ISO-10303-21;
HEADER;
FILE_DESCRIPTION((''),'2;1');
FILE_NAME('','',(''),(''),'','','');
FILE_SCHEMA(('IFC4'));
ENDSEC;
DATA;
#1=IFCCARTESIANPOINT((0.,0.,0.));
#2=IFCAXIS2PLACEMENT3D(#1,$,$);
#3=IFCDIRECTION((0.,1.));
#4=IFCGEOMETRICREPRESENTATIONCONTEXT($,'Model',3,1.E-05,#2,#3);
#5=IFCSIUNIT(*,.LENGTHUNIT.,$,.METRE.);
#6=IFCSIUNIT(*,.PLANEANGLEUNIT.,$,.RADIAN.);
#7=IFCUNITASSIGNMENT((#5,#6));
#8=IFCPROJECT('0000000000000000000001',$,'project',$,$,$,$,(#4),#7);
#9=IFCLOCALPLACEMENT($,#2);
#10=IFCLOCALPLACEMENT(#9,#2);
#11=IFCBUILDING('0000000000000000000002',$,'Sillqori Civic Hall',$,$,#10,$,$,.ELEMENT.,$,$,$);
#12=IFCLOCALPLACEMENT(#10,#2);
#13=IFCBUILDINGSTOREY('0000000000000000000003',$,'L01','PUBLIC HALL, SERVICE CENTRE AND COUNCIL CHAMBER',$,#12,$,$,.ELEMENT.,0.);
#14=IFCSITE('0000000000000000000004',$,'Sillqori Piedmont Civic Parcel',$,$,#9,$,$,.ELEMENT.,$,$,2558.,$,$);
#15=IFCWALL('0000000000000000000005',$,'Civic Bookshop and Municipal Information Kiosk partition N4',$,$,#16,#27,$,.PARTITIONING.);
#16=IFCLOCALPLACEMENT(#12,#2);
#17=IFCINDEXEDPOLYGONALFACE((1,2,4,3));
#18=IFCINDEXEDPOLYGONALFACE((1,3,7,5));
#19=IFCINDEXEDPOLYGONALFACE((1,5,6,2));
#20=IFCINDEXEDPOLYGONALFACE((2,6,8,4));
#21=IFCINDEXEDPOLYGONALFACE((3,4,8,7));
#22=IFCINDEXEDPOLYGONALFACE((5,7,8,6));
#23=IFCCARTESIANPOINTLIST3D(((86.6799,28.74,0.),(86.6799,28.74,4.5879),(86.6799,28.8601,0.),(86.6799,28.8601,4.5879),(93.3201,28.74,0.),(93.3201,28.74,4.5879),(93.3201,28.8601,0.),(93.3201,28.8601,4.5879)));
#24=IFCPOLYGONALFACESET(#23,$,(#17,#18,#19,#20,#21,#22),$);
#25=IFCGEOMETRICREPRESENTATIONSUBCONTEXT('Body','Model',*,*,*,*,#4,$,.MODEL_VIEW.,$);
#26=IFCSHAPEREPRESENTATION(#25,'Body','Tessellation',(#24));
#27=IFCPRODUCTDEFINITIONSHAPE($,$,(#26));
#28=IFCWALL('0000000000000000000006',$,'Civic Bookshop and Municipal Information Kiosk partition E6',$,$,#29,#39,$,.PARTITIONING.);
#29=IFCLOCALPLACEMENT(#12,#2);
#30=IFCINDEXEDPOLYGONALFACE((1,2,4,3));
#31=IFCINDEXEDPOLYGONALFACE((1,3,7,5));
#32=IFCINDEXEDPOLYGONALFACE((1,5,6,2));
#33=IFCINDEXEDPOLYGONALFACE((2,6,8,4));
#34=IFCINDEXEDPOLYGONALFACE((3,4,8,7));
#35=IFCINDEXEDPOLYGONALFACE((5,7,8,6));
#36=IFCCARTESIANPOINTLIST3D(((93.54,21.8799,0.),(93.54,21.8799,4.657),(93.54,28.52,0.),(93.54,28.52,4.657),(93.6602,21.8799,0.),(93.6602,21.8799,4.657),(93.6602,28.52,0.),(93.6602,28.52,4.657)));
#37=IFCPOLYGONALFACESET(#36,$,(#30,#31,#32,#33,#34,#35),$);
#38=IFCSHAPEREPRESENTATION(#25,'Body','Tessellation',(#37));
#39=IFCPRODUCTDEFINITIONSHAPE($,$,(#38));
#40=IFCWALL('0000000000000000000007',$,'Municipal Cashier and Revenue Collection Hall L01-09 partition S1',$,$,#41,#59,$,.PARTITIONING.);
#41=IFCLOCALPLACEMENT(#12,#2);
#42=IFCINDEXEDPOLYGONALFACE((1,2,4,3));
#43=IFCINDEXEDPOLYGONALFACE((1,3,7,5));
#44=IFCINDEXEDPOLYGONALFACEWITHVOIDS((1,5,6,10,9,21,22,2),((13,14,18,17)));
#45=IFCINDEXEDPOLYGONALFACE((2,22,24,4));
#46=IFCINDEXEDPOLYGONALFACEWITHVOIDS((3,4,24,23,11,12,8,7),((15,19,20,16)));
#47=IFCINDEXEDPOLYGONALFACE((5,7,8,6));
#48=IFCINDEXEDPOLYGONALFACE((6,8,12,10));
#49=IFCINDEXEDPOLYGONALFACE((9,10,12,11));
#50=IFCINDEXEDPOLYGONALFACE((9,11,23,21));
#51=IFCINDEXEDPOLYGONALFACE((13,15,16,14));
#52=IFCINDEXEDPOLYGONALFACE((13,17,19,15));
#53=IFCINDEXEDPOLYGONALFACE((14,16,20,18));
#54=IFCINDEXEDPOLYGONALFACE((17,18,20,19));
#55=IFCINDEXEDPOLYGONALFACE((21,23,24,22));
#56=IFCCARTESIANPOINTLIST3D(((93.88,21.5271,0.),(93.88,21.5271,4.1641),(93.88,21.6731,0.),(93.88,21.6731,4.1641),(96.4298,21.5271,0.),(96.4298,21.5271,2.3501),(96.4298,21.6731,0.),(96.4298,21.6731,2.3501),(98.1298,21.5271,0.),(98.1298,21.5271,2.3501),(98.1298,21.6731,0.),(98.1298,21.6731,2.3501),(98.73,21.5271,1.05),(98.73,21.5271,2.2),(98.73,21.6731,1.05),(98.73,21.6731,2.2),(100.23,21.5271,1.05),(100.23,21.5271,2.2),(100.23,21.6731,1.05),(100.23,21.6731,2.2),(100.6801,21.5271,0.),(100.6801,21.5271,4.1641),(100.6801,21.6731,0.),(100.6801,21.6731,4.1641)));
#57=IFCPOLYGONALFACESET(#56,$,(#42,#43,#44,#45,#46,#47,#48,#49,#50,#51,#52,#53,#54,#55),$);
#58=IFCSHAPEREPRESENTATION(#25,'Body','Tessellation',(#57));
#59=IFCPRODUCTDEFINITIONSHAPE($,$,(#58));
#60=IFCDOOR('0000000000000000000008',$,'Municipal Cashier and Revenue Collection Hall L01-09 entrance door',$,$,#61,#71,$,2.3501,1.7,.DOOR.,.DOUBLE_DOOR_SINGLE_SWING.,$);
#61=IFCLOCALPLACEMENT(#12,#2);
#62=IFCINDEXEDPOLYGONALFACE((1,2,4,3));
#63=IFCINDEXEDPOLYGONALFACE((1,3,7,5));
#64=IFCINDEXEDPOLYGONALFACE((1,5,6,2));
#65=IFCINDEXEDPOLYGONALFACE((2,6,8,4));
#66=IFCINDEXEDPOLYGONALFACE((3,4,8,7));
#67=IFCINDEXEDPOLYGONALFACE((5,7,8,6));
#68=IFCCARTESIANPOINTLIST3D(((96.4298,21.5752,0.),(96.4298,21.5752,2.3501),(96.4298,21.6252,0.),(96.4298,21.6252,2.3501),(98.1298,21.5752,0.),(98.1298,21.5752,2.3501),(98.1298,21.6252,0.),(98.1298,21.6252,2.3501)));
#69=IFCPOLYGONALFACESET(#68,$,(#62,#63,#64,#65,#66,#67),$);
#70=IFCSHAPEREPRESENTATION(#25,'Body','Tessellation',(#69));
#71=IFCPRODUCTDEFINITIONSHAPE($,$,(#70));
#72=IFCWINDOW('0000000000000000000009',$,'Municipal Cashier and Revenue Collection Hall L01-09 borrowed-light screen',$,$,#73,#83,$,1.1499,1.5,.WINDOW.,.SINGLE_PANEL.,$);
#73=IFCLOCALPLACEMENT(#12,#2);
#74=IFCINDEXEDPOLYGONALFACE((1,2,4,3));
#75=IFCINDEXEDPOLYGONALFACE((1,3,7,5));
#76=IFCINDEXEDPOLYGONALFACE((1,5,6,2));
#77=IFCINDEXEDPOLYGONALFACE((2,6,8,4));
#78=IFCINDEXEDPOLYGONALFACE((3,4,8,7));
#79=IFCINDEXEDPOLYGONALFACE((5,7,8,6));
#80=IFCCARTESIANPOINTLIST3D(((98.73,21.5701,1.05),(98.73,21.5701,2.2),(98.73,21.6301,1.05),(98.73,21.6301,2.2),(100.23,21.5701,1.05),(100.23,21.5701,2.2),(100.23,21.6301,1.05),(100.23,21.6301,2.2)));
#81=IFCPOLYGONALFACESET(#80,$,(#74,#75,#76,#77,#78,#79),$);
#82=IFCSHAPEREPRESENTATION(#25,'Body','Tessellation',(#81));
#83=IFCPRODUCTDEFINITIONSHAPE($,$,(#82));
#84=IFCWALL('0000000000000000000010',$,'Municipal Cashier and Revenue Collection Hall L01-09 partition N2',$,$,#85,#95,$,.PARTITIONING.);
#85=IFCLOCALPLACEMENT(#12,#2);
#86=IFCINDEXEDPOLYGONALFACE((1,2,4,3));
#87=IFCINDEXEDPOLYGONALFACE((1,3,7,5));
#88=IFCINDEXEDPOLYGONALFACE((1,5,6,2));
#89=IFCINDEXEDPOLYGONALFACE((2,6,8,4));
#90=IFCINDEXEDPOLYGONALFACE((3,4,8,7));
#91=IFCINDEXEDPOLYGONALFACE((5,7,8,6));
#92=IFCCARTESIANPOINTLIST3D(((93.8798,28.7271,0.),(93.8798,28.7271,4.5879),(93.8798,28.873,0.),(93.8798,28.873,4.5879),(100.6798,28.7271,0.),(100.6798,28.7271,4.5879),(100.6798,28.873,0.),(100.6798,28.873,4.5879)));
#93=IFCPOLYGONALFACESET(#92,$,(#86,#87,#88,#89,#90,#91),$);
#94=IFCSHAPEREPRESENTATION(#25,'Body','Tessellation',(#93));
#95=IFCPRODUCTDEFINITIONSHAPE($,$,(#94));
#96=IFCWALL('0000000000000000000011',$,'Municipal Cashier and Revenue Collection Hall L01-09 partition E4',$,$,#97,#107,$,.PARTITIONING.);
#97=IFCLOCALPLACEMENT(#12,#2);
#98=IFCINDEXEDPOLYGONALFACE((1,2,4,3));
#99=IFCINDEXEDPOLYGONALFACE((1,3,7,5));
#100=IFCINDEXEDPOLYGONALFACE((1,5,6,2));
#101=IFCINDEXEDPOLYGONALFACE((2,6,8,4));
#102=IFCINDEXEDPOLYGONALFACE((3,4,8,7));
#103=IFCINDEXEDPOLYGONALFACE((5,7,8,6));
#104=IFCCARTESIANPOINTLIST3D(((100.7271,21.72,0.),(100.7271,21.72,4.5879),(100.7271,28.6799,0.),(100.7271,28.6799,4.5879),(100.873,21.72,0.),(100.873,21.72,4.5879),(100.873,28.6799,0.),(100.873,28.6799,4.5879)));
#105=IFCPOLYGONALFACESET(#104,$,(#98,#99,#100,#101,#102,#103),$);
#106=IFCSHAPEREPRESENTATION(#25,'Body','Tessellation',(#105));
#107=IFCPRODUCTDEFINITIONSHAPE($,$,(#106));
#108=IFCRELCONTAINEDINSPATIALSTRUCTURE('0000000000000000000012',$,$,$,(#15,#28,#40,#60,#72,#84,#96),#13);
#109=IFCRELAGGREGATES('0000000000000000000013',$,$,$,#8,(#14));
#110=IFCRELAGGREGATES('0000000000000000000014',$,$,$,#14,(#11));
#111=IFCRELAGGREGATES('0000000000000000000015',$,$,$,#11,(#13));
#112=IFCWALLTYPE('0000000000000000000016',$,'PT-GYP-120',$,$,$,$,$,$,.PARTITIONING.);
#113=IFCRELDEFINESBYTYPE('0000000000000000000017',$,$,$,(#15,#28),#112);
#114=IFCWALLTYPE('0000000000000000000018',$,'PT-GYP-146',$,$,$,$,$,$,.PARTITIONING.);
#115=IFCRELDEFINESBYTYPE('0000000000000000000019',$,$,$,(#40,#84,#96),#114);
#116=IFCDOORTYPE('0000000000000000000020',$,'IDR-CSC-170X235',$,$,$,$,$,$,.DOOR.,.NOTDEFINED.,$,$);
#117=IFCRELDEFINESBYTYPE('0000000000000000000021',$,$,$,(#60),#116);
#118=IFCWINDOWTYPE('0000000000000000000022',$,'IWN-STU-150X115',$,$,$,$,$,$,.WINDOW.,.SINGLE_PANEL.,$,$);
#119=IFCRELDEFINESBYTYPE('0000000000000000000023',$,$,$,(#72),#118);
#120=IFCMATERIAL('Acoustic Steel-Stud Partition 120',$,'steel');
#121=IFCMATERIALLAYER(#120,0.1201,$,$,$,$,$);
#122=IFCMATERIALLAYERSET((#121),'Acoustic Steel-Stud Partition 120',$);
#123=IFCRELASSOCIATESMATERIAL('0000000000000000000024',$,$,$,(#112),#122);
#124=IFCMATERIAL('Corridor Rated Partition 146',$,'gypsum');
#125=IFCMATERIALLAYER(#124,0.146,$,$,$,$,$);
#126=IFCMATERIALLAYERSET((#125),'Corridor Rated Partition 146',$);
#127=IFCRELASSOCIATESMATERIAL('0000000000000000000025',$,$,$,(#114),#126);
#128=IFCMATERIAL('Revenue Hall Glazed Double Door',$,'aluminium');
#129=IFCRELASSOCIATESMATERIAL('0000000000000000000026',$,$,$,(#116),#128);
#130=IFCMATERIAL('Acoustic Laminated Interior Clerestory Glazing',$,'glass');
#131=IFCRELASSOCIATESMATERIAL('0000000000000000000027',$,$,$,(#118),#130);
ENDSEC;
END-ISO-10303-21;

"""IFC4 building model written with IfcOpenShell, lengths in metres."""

from ifc_helpers import new_model, si_unit, direction, frame, frame_2d, origin, place, context, subcontext, project, spatial, rectangle, extrude, material, layer, layer_set, type_object, element, fill, save


model = new_model("IFC4")

# Units and contexts
model_context = context("Model", 3, precision=1e-05, world=origin(), true_north=direction((0.0, 1.0)))
body_context = subcontext(model_context, "Body", "Model", "MODEL_VIEW")
ifc_project = project(units=[si_unit("LENGTHUNIT", "METRE"), si_unit("PLANEANGLEUNIT", "RADIAN")], contexts=[model_context])

# Site, building, storey
site_placement = place(None, origin())
site = spatial("IfcSite", under=ifc_project, at=site_placement, Name="Sillqori Piedmont Civic Parcel", CompositionType="ELEMENT", RefElevation=2558.0)
building_placement = place(site_placement, origin())
building = spatial("IfcBuilding", under=site, at=building_placement, Name="Sillqori Civic Hall", CompositionType="ELEMENT")
storey_placement = place(building_placement, origin())
storey = spatial("IfcBuildingStorey", under=building, at=storey_placement, Name="L01", Description="PUBLIC HALL, SERVICE CENTRE AND COUNCIL CHAMBER", CompositionType="ELEMENT", Elevation=0.0)

# Walls
ifc_material_1 = material(Name="Acoustic Steel-Stud Partition 120", Category="steel")
ifc_layer_1 = layer(ifc_material_1, 0.1201)
ifc_layer_set_1 = layer_set([ifc_layer_1], Name="Acoustic Steel-Stud Partition 120")
wall_type_1 = type_object("IfcWallType", Name="PT-GYP-120", PredefinedType="PARTITIONING", material=ifc_layer_set_1)
for number, where, z_axis, x_axis, name in (
    (1, (86.6799, 28.8, 0.0), (0.0, 0.0, 1.0), (1.0, 0.0, 0.0), "Civic Bookshop and Municipal Information Kiosk partition N4"),
):
    element("IfcWall", number, at=place(storey_placement, frame(where, z_axis=z_axis, x_axis=x_axis)), inside=storey, type_object=wall_type_1, Name=name, PredefinedType="PARTITIONING", context=body_context, shape_type="SweptSolid", body=[
        extrude(rectangle(XDim=6.6401, YDim=0.1201, at=frame_2d((3.3201, 0.0))), origin(), (0.0, 0.0, 1.0), 4.5879),
    ])
wall_1_placement = place(storey_placement, frame((93.6001, 28.52, 0.0), z_axis=(0.0, 0.0, 1.0), x_axis=(0.0, -1.0, 0.0)))
element("IfcWall", 2, at=wall_1_placement, inside=storey, type_object=wall_type_1, Name="Civic Bookshop and Municipal Information Kiosk partition E6", PredefinedType="PARTITIONING", context=body_context, shape_type="SweptSolid", body=[
    extrude(rectangle(XDim=6.6401, YDim=0.1201, at=frame_2d((3.3201, 0.0))), origin(), (0.0, 0.0, 1.0), 4.657),
])

# Wall, openings, door, window
ifc_material_2 = material(Name="Corridor Rated Partition 146", Category="gypsum")
ifc_layer_2 = layer(ifc_material_2, 0.146)
ifc_layer_set_2 = layer_set([ifc_layer_2], Name="Corridor Rated Partition 146")
wall_type_2 = type_object("IfcWallType", Name="PT-GYP-146", PredefinedType="PARTITIONING", material=ifc_layer_set_2)
wall_2_placement = place(storey_placement, frame((100.6799, 21.6001, 0.0), z_axis=(0.0, 0.0, 1.0), x_axis=(-1.0, 0.0, 0.0)))
wall_2 = element("IfcWall", 3, at=wall_2_placement, inside=storey, type_object=wall_type_2, Name="Municipal Cashier and Revenue Collection Hall L01-09 partition S1", PredefinedType="PARTITIONING", context=body_context, shape_type="SweptSolid", body=[
    extrude(rectangle(XDim=6.8, YDim=0.146, at=frame_2d((3.3999, 0.0))), origin(), (0.0, 0.0, 1.0), 4.1641),
])
opening_1_placement = place(wall_2_placement, frame((2.55, 0.0, 0.0)))
opening_1 = element("IfcOpeningElement", 4, at=opening_1_placement, cuts=wall_2, PredefinedType="OPENING", context=body_context, shape_type="SweptSolid", body=[
    extrude(rectangle(XDim=1.7, YDim=2.3501, at=frame_2d((0.8501, 1.175))), frame((0.0, 0.083, 0.0), z_axis=(0.0, -1.0, 0.0), x_axis=(1.0, 0.0, 0.0)), (0.0, 0.0, 1.0), 0.166),
])
opening_2_placement = place(wall_2_placement, frame((0.45, 0.0, 1.05)))
opening_2 = element("IfcOpeningElement", 5, at=opening_2_placement, cuts=wall_2, PredefinedType="OPENING", context=body_context, shape_type="SweptSolid", body=[
    extrude(rectangle(XDim=1.5, YDim=1.1499, at=frame_2d((0.75, 0.575))), frame((0.0, 0.083, 0.0), z_axis=(0.0, -1.0, 0.0), x_axis=(1.0, 0.0, 0.0)), (0.0, 0.0, 1.0), 0.166),
])
ifc_material_3 = material(Name="Revenue Hall Glazed Double Door", Category="aluminium")
door_type = type_object("IfcDoorType", Name="IDR-CSC-170X235", OperationType="NOTDEFINED", PredefinedType="DOOR", material=ifc_material_3)
door_placement = place(opening_1_placement, origin())
door = element("IfcDoor", 6, at=door_placement, inside=storey, type_object=door_type, Name="Municipal Cashier and Revenue Collection Hall L01-09 entrance door", OperationType="DOUBLE_DOOR_SINGLE_SWING", OverallHeight=2.3501, OverallWidth=1.7, PredefinedType="DOOR", context=body_context, shape_type="SweptSolid", body=[
    extrude(rectangle(XDim=1.7, YDim=2.3501, at=frame_2d((0.8501, 1.175))), frame((0.0, 0.0249, 0.0), z_axis=(0.0, -1.0, 0.0), x_axis=(1.0, 0.0, 0.0)), (0.0, 0.0, 1.0), 0.05),
])
fill(opening_1, door)
ifc_material_4 = material(Name="Acoustic Laminated Interior Clerestory Glazing", Category="glass")
window_type = type_object("IfcWindowType", Name="IWN-STU-150X115", PartitioningType="SINGLE_PANEL", PredefinedType="WINDOW", material=ifc_material_4)
window_placement = place(opening_2_placement, origin())
window = element("IfcWindow", 7, at=window_placement, inside=storey, type_object=window_type, Name="Municipal Cashier and Revenue Collection Hall L01-09 borrowed-light screen", OverallHeight=1.1499, OverallWidth=1.5, PartitioningType="SINGLE_PANEL", PredefinedType="WINDOW", context=body_context, shape_type="SweptSolid", body=[
    extrude(rectangle(XDim=1.5, YDim=1.1499, at=frame_2d((0.75, 0.575))), frame((0.0, 0.03, 0.0), z_axis=(0.0, -1.0, 0.0), x_axis=(1.0, 0.0, 0.0)), (0.0, 0.0, 1.0), 0.0601),
])
fill(opening_2, window)

# Walls
wall_3_placement = place(storey_placement, frame((93.8799, 28.8, 0.0), z_axis=(0.0, 0.0, 1.0), x_axis=(1.0, 0.0, 0.0)))
element("IfcWall", 8, at=wall_3_placement, inside=storey, type_object=wall_type_2, Name="Municipal Cashier and Revenue Collection Hall L01-09 partition N2", PredefinedType="PARTITIONING", context=body_context, shape_type="SweptSolid", body=[
    extrude(rectangle(XDim=6.8, YDim=0.146, at=frame_2d((3.3999, 0.0))), origin(), (0.0, 0.0, 1.0), 4.5879),
])
wall_4_placement = place(storey_placement, frame((100.8, 28.6799, 0.0), z_axis=(0.0, 0.0, 1.0), x_axis=(0.0, -1.0, 0.0)))
element("IfcWall", 9, at=wall_4_placement, inside=storey, type_object=wall_type_2, Name="Municipal Cashier and Revenue Collection Hall L01-09 partition E4", PredefinedType="PARTITIONING", context=body_context, shape_type="SweptSolid", body=[
    extrude(rectangle(XDim=6.96, YDim=0.146, at=frame_2d((3.48, 0.0))), origin(), (0.0, 0.0, 1.0), 4.5879),
])

save(model, "model.ifc")
